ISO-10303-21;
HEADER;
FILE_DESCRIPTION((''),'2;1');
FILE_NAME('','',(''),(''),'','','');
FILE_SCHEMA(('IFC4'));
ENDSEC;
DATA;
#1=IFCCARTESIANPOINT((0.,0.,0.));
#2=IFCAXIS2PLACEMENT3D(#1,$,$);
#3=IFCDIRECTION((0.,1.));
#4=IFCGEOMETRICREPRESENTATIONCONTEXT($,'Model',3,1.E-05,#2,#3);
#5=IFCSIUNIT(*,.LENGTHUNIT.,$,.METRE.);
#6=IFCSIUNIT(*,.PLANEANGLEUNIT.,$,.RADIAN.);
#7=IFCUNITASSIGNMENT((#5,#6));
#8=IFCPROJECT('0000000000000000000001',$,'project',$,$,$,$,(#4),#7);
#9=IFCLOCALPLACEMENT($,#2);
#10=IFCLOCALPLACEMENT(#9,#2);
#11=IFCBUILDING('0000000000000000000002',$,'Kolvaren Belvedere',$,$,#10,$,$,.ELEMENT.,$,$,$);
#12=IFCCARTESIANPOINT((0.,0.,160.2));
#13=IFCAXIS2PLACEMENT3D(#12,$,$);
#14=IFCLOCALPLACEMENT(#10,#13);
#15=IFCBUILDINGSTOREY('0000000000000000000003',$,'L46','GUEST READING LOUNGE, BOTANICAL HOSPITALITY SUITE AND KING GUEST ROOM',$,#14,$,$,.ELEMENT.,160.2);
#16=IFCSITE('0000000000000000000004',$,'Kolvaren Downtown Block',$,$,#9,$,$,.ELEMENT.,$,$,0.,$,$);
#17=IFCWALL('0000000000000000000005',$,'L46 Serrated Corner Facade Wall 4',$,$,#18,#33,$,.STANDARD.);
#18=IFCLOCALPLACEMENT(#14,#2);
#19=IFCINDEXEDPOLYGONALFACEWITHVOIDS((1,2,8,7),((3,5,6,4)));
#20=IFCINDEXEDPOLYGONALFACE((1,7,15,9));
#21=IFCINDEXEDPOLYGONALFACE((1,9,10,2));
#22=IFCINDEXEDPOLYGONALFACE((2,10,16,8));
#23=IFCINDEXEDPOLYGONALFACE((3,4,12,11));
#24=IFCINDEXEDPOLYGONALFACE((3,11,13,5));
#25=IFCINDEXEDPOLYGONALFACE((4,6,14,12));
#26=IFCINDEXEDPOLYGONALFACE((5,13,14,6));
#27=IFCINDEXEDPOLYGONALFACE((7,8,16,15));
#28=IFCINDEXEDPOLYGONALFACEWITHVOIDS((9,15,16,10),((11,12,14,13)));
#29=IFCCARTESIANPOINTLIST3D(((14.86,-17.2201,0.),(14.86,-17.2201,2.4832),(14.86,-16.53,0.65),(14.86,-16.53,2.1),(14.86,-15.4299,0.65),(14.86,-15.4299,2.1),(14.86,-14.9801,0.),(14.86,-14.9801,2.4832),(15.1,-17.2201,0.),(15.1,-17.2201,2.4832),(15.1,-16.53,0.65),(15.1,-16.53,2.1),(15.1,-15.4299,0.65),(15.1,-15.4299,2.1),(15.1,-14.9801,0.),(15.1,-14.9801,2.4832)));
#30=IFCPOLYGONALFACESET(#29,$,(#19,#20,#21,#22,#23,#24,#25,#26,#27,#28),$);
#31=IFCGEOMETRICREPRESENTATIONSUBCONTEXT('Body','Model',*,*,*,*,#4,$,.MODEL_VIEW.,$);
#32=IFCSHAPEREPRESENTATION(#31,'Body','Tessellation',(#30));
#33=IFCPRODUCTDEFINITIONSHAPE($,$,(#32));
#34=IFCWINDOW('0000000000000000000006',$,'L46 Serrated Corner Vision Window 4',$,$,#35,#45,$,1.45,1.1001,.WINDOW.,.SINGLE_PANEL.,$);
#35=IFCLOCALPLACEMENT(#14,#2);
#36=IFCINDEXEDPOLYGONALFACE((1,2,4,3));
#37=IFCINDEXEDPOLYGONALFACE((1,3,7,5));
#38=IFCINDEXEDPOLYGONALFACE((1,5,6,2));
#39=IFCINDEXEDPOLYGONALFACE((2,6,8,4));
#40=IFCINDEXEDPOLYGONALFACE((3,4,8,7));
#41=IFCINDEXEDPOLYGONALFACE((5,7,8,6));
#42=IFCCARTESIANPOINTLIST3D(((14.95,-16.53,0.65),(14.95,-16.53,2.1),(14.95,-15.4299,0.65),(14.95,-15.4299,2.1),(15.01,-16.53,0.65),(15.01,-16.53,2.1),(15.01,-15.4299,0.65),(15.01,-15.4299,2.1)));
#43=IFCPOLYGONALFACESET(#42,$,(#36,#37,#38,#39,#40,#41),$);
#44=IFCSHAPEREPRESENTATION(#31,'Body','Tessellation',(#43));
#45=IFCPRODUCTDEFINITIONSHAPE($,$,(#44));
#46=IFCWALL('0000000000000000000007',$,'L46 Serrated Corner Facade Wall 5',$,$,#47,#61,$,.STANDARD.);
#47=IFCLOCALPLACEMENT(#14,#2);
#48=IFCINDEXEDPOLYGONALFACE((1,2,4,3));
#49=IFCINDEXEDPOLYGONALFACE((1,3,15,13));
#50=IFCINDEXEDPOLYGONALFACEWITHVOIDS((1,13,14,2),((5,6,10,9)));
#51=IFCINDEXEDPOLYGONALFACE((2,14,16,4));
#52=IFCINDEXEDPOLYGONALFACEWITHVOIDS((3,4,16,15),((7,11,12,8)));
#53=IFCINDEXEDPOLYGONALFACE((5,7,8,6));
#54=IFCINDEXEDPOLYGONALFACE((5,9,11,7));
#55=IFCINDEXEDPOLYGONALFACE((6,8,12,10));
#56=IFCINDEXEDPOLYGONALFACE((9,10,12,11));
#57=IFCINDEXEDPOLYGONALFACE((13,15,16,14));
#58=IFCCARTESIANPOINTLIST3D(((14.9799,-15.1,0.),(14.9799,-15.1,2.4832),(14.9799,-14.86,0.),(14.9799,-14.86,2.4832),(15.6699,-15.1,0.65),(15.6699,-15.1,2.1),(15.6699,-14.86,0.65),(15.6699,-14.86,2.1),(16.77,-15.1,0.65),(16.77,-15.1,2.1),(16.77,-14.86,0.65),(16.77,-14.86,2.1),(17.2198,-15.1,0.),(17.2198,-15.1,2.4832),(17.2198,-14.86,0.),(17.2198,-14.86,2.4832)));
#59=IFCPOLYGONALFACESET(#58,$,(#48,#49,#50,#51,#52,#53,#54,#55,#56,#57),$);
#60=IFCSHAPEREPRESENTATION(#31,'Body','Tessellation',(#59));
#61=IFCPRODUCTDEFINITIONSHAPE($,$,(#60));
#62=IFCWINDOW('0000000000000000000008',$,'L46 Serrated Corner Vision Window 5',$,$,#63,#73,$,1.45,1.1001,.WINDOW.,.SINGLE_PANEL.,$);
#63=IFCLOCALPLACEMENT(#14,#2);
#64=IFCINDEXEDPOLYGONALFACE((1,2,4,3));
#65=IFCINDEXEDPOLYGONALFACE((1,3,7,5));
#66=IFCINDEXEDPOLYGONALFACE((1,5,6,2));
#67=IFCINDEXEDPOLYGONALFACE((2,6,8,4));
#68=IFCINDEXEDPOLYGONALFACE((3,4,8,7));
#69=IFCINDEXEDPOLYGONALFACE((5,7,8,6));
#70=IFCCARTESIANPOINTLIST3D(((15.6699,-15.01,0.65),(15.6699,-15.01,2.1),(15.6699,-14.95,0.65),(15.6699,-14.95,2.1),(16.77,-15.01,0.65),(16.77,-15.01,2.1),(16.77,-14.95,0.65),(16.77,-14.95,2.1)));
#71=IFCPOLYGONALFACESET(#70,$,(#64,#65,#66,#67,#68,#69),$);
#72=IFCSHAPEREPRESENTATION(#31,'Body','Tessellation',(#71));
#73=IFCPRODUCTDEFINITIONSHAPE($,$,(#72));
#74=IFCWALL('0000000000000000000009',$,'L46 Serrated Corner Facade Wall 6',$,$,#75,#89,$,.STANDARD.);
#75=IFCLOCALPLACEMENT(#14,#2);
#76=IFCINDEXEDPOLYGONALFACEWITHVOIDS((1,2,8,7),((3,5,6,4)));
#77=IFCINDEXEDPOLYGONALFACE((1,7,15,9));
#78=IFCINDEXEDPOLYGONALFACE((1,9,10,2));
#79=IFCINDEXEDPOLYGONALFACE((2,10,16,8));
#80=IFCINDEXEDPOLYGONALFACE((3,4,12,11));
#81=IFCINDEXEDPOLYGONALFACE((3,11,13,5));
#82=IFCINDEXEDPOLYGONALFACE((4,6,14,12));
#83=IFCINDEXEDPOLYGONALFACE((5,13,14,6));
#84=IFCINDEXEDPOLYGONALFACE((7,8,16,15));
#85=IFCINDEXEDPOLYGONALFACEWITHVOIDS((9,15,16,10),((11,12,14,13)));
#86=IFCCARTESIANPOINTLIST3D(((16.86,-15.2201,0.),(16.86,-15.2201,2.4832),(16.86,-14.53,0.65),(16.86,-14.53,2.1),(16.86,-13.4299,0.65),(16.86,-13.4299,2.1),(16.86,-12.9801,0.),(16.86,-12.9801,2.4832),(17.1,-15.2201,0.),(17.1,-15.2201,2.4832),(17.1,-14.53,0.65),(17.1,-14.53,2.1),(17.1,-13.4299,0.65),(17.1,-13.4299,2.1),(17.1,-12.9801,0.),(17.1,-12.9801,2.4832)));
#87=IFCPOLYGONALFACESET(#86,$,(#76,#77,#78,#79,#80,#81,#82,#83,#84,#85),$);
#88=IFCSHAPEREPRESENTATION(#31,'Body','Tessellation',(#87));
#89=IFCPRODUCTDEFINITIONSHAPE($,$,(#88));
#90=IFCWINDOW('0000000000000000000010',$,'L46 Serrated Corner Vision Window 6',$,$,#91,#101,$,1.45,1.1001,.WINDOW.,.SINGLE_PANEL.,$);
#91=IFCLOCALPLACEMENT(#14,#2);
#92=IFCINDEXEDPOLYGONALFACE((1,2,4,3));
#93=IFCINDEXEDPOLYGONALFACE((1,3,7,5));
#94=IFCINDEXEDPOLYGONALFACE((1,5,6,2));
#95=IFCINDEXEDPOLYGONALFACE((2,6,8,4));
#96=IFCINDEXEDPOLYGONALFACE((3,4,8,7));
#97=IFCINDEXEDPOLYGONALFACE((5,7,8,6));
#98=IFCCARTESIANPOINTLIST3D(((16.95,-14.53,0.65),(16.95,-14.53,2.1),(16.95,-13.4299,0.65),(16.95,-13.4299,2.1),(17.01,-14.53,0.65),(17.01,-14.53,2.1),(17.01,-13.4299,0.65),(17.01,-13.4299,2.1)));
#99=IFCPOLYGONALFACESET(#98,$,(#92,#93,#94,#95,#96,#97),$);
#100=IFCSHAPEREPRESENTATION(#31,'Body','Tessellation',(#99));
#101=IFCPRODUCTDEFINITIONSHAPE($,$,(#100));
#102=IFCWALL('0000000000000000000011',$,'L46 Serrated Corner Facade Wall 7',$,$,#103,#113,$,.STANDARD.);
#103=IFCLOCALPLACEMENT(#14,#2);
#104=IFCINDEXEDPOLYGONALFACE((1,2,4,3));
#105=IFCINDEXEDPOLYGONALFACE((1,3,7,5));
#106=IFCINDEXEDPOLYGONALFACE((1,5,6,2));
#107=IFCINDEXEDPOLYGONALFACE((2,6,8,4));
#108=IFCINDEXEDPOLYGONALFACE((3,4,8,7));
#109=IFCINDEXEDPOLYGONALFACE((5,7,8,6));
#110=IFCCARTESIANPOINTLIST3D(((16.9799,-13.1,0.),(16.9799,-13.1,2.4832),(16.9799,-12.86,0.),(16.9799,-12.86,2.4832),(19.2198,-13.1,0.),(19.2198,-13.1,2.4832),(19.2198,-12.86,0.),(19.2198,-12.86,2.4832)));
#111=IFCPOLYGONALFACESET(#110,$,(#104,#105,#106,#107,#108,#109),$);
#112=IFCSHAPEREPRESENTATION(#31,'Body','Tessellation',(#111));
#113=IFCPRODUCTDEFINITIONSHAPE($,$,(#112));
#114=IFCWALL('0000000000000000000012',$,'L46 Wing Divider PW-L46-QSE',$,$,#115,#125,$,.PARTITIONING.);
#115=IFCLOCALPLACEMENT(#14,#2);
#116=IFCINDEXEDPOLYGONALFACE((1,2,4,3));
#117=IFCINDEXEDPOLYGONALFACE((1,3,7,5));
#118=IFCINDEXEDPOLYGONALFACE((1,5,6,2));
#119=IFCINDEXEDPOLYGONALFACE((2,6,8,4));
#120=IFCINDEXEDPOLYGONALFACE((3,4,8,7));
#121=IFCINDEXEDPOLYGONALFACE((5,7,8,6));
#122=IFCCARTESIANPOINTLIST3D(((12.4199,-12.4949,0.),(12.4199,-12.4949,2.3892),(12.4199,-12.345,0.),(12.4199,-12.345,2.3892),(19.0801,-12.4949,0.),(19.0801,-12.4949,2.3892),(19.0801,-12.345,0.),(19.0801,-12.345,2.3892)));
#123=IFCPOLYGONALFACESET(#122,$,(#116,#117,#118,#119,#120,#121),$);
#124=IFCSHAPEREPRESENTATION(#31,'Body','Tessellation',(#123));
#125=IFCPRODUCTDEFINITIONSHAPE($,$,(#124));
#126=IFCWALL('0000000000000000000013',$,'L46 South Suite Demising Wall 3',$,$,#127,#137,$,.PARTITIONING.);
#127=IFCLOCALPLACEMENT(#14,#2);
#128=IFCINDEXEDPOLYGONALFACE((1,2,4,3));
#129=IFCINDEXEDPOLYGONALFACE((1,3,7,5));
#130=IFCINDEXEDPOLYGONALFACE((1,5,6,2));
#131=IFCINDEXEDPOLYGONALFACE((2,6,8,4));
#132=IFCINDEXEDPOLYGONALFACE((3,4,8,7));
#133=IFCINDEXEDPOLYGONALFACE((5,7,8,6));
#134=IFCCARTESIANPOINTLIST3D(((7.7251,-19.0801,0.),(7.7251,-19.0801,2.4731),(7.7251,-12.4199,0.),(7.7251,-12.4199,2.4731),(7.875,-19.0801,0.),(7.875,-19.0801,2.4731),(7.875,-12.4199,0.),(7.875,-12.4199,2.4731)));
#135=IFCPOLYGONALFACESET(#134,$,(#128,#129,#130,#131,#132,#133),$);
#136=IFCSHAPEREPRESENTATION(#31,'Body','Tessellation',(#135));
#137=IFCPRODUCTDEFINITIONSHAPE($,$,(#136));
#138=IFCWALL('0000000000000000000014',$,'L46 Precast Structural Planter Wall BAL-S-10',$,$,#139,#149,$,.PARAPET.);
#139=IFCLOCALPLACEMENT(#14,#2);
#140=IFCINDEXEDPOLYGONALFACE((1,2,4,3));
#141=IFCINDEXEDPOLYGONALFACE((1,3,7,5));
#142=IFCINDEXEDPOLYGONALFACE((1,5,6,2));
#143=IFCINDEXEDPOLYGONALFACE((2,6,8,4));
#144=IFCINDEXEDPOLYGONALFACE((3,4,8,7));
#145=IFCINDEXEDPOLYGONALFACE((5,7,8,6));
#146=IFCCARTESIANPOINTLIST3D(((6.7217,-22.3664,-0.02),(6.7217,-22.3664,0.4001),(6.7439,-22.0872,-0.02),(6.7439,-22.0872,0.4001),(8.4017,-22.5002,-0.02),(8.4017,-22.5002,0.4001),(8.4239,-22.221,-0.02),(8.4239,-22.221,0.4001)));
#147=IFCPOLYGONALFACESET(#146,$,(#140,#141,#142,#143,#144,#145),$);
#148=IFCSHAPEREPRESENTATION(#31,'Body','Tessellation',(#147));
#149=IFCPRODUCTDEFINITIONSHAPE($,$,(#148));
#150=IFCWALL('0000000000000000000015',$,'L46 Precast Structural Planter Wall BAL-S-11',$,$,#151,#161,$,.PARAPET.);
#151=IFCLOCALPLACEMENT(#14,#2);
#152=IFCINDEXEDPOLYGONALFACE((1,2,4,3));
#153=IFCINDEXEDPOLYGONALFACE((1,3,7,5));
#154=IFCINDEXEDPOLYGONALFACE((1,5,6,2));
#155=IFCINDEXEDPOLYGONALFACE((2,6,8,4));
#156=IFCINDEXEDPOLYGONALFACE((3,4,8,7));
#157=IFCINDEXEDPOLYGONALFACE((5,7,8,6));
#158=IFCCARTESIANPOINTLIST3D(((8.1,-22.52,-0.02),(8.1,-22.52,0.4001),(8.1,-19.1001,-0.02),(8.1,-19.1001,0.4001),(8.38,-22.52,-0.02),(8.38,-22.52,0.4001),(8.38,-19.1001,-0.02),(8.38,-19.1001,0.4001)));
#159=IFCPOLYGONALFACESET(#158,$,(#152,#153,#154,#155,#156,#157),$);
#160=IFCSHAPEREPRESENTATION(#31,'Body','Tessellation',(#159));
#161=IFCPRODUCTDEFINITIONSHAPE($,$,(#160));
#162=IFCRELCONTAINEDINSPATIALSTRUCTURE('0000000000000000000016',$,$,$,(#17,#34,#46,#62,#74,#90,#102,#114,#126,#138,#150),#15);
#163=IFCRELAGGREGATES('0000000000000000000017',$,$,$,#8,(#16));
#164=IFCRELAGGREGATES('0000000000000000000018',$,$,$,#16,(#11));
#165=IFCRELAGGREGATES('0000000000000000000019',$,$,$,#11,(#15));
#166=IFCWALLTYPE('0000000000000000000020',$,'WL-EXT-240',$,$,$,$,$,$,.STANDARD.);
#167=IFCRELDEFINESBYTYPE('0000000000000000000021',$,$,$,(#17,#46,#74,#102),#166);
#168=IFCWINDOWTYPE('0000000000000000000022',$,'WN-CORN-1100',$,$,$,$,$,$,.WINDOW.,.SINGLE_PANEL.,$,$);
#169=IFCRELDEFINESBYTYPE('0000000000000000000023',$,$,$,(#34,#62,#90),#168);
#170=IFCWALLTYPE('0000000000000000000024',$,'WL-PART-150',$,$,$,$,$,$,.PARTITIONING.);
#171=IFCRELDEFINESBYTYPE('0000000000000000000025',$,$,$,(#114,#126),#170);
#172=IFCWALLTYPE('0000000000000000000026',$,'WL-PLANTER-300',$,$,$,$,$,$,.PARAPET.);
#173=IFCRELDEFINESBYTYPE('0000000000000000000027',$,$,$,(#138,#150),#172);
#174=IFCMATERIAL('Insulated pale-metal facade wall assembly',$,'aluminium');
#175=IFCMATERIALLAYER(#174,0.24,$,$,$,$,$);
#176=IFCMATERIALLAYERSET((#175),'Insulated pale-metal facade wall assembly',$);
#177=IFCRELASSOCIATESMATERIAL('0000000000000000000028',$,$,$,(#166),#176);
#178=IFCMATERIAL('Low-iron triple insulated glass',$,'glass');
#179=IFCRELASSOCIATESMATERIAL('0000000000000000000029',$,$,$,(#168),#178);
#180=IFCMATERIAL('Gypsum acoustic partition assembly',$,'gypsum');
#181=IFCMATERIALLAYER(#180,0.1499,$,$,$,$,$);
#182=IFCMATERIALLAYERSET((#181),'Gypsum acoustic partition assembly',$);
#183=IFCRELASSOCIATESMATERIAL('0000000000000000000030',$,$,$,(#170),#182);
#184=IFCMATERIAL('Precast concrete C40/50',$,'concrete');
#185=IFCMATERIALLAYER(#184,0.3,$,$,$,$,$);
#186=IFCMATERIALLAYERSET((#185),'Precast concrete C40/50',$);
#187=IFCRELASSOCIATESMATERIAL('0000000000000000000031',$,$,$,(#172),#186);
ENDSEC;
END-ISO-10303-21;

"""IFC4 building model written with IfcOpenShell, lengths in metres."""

from ifc_helpers import new_model, si_unit, direction, frame, frame_2d, origin, place, context, subcontext, project, spatial, rectangle, extrude, material, layer, layer_set, type_object, element, fill, save


model = new_model("IFC4")

# Units and contexts
model_context = context("Model", 3, precision=1e-05, world=origin(), true_north=direction((0.0, 1.0)))
body_context = subcontext(model_context, "Body", "Model", "MODEL_VIEW")
ifc_project = project(units=[si_unit("LENGTHUNIT", "METRE"), si_unit("PLANEANGLEUNIT", "RADIAN")], contexts=[model_context])

# Site, building, storey
site_placement = place(None, origin())
site = spatial("IfcSite", under=ifc_project, at=site_placement, Name="Kolvaren Downtown Block", CompositionType="ELEMENT", RefElevation=0.0)
building_placement = place(site_placement, origin())
building = spatial("IfcBuilding", under=site, at=building_placement, Name="Kolvaren Belvedere", CompositionType="ELEMENT")
storey_placement = place(building_placement, frame((0.0, 0.0, 160.2)))
storey = spatial("IfcBuildingStorey", under=building, at=storey_placement, Name="L46", Description="GUEST READING LOUNGE, BOTANICAL HOSPITALITY SUITE AND KING GUEST ROOM", CompositionType="ELEMENT", Elevation=160.2)

# Shared definitions
ifc_material_1 = material(Name="Insulated pale-metal facade wall assembly", Category="aluminium")
ifc_layer_1 = layer(ifc_material_1, 0.24)
ifc_layer_set_1 = layer_set([ifc_layer_1], Name="Insulated pale-metal facade wall assembly")
wall_type_1 = type_object("IfcWallType", Name="WL-EXT-240", PredefinedType="STANDARD", material=ifc_layer_set_1)

# Walls, openings, windows
ifc_material_2 = material(Name="Low-iron triple insulated glass", Category="glass")
window_type = type_object("IfcWindowType", Name="WN-CORN-1100", PartitioningType="SINGLE_PANEL", PredefinedType="WINDOW", material=ifc_material_2)
wall_1_placement = place(storey_placement, frame((14.98, -14.98, 0.0), z_axis=(0.0, 0.0, 1.0), x_axis=(0.0, -1.0, 0.0)))
wall_1 = element("IfcWall", 1, at=wall_1_placement, inside=storey, type_object=wall_type_1, Name="L46 Serrated Corner Facade Wall 4", PredefinedType="STANDARD", context=body_context, shape_type="SweptSolid", body=[
    extrude(rectangle(XDim=2.24, YDim=0.24, at=frame_2d((1.1201, 0.0))), origin(), (0.0, 0.0, 1.0), 2.4832),
])
opening_1_placement = place(wall_1_placement, frame((0.45, 0.0, 0.6499)))
opening_1 = element("IfcOpeningElement", 2, at=opening_1_placement, cuts=wall_1, PredefinedType="OPENING", context=body_context, shape_type="SweptSolid", body=[
    extrude(rectangle(XDim=1.1001, YDim=1.45, at=frame_2d((0.55, 0.7251))), frame((0.0, 0.1299, 0.0), z_axis=(0.0, -1.0, 0.0), x_axis=(1.0, 0.0, 0.0)), (0.0, 0.0, 1.0), 0.26),
])
window_1_placement = place(opening_1_placement, origin())
window_1 = element("IfcWindow", 3, at=window_1_placement, inside=storey, type_object=window_type, Name="L46 Serrated Corner Vision Window 4", OverallHeight=1.45, OverallWidth=1.1001, PartitioningType="SINGLE_PANEL", PredefinedType="WINDOW", context=body_context, shape_type="SweptSolid", body=[
    extrude(rectangle(XDim=1.1001, YDim=1.45, at=frame_2d((0.55, 0.7251))), frame((0.0, 0.03, 0.0), z_axis=(0.0, -1.0, 0.0), x_axis=(1.0, 0.0, 0.0)), (0.0, 0.0, 1.0), 0.0601),
])
fill(opening_1, window_1)
wall_2_placement = place(storey_placement, frame((17.22, -14.98, 0.0), z_axis=(0.0, 0.0, 1.0), x_axis=(-1.0, 0.0, 0.0)))
wall_2 = element("IfcWall", 4, at=wall_2_placement, inside=storey, type_object=wall_type_1, Name="L46 Serrated Corner Facade Wall 5", PredefinedType="STANDARD", context=body_context, shape_type="SweptSolid", body=[
    extrude(rectangle(XDim=2.24, YDim=0.24, at=frame_2d((1.1201, 0.0))), origin(), (0.0, 0.0, 1.0), 2.4832),
])
opening_2_placement = place(wall_2_placement, frame((0.45, 0.0, 0.6499)))
opening_2 = element("IfcOpeningElement", 5, at=opening_2_placement, cuts=wall_2, PredefinedType="OPENING", context=body_context, shape_type="SweptSolid", body=[
    extrude(rectangle(XDim=1.1001, YDim=1.45, at=frame_2d((0.55, 0.7251))), frame((0.0, 0.1299, 0.0), z_axis=(0.0, -1.0, 0.0), x_axis=(1.0, 0.0, 0.0)), (0.0, 0.0, 1.0), 0.26),
])
window_2_placement = place(opening_2_placement, origin())
window_2 = element("IfcWindow", 6, at=window_2_placement, inside=storey, type_object=window_type, Name="L46 Serrated Corner Vision Window 5", OverallHeight=1.45, OverallWidth=1.1001, PartitioningType="SINGLE_PANEL", PredefinedType="WINDOW", context=body_context, shape_type="SweptSolid", body=[
    extrude(rectangle(XDim=1.1001, YDim=1.45, at=frame_2d((0.55, 0.7251))), frame((0.0, 0.03, 0.0), z_axis=(0.0, -1.0, 0.0), x_axis=(1.0, 0.0, 0.0)), (0.0, 0.0, 1.0), 0.0601),
])
fill(opening_2, window_2)
wall_3_placement = place(storey_placement, frame((16.98, -12.98, 0.0), z_axis=(0.0, 0.0, 1.0), x_axis=(0.0, -1.0, 0.0)))
wall_3 = element("IfcWall", 7, at=wall_3_placement, inside=storey, type_object=wall_type_1, Name="L46 Serrated Corner Facade Wall 6", PredefinedType="STANDARD", context=body_context, shape_type="SweptSolid", body=[
    extrude(rectangle(XDim=2.24, YDim=0.24, at=frame_2d((1.1201, 0.0))), origin(), (0.0, 0.0, 1.0), 2.4832),
])
opening_3_placement = place(wall_3_placement, frame((0.45, 0.0, 0.6499)))
opening_3 = element("IfcOpeningElement", 8, at=opening_3_placement, cuts=wall_3, PredefinedType="OPENING", context=body_context, shape_type="SweptSolid", body=[
    extrude(rectangle(XDim=1.1001, YDim=1.45, at=frame_2d((0.55, 0.7251))), frame((0.0, 0.1299, 0.0), z_axis=(0.0, -1.0, 0.0), x_axis=(1.0, 0.0, 0.0)), (0.0, 0.0, 1.0), 0.26),
])
window_3_placement = place(opening_3_placement, origin())
window_3 = element("IfcWindow", 9, at=window_3_placement, inside=storey, type_object=window_type, Name="L46 Serrated Corner Vision Window 6", OverallHeight=1.45, OverallWidth=1.1001, PartitioningType="SINGLE_PANEL", PredefinedType="WINDOW", context=body_context, shape_type="SweptSolid", body=[
    extrude(rectangle(XDim=1.1001, YDim=1.45, at=frame_2d((0.55, 0.7251))), frame((0.0, 0.03, 0.0), z_axis=(0.0, -1.0, 0.0), x_axis=(1.0, 0.0, 0.0)), (0.0, 0.0, 1.0), 0.0601),
])
fill(opening_3, window_3)

# Walls
wall_4_placement = place(storey_placement, frame((19.22, -12.98, 0.0), z_axis=(0.0, 0.0, 1.0), x_axis=(-1.0, 0.0, 0.0)))
element("IfcWall", 10, at=wall_4_placement, inside=storey, type_object=wall_type_1, Name="L46 Serrated Corner Facade Wall 7", PredefinedType="STANDARD", context=body_context, shape_type="SweptSolid", body=[
    extrude(rectangle(XDim=2.24, YDim=0.24, at=frame_2d((1.1201, 0.0))), origin(), (0.0, 0.0, 1.0), 2.4832),
])
ifc_material_3 = material(Name="Gypsum acoustic partition assembly", Category="gypsum")
ifc_layer_2 = layer(ifc_material_3, 0.1499)
ifc_layer_set_2 = layer_set([ifc_layer_2], Name="Gypsum acoustic partition assembly")
wall_type_2 = type_object("IfcWallType", Name="WL-PART-150", PredefinedType="PARTITIONING", material=ifc_layer_set_2)
wall_5_placement = place(storey_placement, frame((12.4199, -12.4199, 0.0), z_axis=(0.0, 0.0, 1.0), x_axis=(1.0, 0.0, 0.0)))
element("IfcWall", 11, at=wall_5_placement, inside=storey, type_object=wall_type_2, Name="L46 Wing Divider PW-L46-QSE", PredefinedType="PARTITIONING", context=body_context, shape_type="SweptSolid", body=[
    extrude(rectangle(XDim=6.6602, YDim=0.1499, at=frame_2d((3.3301, 0.0))), origin(), (0.0, 0.0, 1.0), 2.3892),
])
wall_6_placement = place(storey_placement, frame((7.8, -19.0801, 0.0), z_axis=(0.0, 0.0, 1.0), x_axis=(0.0, 1.0, 0.0)))
element("IfcWall", 12, at=wall_6_placement, inside=storey, type_object=wall_type_2, Name="L46 South Suite Demising Wall 3", PredefinedType="PARTITIONING", context=body_context, shape_type="SweptSolid", body=[
    extrude(rectangle(XDim=6.6602, YDim=0.1499, at=frame_2d((3.3301, 0.0))), origin(), (0.0, 0.0, 1.0), 2.4731),
])
ifc_material_4 = material(Name="Precast concrete C40/50", Category="concrete")
ifc_layer_3 = layer(ifc_material_4, 0.3)
ifc_layer_set_3 = layer_set([ifc_layer_3], Name="Precast concrete C40/50")
wall_type_3 = type_object("IfcWallType", Name="WL-PLANTER-300", PredefinedType="PARAPET", material=ifc_layer_set_3)
wall_7_placement = place(storey_placement, frame((6.7327, -22.2268, -0.02), z_axis=(0.0, 0.0, 1.0), x_axis=(0.996844, -0.079388, 0.0)))
element("IfcWall", 13, at=wall_7_placement, inside=storey, type_object=wall_type_3, Name="L46 Precast Structural Planter Wall BAL-S-10", PredefinedType="PARAPET", context=body_context, shape_type="SweptSolid", body=[
    extrude(rectangle(XDim=1.6853, YDim=0.28, at=frame_2d((0.8428, 0.0))), origin(), (0.0, 0.0, 1.0), 0.4202),
])
wall_8_placement = place(storey_placement, frame((8.24, -22.52, -0.02), z_axis=(0.0, 0.0, 1.0), x_axis=(0.0, 1.0, 0.0)))
element("IfcWall", 14, at=wall_8_placement, inside=storey, type_object=wall_type_3, Name="L46 Precast Structural Planter Wall BAL-S-11", PredefinedType="PARAPET", context=body_context, shape_type="SweptSolid", body=[
    extrude(rectangle(XDim=3.4199, YDim=0.28, at=frame_2d((1.71, 0.0))), origin(), (0.0, 0.0, 1.0), 0.4202),
])

save(model, "model.ifc")
